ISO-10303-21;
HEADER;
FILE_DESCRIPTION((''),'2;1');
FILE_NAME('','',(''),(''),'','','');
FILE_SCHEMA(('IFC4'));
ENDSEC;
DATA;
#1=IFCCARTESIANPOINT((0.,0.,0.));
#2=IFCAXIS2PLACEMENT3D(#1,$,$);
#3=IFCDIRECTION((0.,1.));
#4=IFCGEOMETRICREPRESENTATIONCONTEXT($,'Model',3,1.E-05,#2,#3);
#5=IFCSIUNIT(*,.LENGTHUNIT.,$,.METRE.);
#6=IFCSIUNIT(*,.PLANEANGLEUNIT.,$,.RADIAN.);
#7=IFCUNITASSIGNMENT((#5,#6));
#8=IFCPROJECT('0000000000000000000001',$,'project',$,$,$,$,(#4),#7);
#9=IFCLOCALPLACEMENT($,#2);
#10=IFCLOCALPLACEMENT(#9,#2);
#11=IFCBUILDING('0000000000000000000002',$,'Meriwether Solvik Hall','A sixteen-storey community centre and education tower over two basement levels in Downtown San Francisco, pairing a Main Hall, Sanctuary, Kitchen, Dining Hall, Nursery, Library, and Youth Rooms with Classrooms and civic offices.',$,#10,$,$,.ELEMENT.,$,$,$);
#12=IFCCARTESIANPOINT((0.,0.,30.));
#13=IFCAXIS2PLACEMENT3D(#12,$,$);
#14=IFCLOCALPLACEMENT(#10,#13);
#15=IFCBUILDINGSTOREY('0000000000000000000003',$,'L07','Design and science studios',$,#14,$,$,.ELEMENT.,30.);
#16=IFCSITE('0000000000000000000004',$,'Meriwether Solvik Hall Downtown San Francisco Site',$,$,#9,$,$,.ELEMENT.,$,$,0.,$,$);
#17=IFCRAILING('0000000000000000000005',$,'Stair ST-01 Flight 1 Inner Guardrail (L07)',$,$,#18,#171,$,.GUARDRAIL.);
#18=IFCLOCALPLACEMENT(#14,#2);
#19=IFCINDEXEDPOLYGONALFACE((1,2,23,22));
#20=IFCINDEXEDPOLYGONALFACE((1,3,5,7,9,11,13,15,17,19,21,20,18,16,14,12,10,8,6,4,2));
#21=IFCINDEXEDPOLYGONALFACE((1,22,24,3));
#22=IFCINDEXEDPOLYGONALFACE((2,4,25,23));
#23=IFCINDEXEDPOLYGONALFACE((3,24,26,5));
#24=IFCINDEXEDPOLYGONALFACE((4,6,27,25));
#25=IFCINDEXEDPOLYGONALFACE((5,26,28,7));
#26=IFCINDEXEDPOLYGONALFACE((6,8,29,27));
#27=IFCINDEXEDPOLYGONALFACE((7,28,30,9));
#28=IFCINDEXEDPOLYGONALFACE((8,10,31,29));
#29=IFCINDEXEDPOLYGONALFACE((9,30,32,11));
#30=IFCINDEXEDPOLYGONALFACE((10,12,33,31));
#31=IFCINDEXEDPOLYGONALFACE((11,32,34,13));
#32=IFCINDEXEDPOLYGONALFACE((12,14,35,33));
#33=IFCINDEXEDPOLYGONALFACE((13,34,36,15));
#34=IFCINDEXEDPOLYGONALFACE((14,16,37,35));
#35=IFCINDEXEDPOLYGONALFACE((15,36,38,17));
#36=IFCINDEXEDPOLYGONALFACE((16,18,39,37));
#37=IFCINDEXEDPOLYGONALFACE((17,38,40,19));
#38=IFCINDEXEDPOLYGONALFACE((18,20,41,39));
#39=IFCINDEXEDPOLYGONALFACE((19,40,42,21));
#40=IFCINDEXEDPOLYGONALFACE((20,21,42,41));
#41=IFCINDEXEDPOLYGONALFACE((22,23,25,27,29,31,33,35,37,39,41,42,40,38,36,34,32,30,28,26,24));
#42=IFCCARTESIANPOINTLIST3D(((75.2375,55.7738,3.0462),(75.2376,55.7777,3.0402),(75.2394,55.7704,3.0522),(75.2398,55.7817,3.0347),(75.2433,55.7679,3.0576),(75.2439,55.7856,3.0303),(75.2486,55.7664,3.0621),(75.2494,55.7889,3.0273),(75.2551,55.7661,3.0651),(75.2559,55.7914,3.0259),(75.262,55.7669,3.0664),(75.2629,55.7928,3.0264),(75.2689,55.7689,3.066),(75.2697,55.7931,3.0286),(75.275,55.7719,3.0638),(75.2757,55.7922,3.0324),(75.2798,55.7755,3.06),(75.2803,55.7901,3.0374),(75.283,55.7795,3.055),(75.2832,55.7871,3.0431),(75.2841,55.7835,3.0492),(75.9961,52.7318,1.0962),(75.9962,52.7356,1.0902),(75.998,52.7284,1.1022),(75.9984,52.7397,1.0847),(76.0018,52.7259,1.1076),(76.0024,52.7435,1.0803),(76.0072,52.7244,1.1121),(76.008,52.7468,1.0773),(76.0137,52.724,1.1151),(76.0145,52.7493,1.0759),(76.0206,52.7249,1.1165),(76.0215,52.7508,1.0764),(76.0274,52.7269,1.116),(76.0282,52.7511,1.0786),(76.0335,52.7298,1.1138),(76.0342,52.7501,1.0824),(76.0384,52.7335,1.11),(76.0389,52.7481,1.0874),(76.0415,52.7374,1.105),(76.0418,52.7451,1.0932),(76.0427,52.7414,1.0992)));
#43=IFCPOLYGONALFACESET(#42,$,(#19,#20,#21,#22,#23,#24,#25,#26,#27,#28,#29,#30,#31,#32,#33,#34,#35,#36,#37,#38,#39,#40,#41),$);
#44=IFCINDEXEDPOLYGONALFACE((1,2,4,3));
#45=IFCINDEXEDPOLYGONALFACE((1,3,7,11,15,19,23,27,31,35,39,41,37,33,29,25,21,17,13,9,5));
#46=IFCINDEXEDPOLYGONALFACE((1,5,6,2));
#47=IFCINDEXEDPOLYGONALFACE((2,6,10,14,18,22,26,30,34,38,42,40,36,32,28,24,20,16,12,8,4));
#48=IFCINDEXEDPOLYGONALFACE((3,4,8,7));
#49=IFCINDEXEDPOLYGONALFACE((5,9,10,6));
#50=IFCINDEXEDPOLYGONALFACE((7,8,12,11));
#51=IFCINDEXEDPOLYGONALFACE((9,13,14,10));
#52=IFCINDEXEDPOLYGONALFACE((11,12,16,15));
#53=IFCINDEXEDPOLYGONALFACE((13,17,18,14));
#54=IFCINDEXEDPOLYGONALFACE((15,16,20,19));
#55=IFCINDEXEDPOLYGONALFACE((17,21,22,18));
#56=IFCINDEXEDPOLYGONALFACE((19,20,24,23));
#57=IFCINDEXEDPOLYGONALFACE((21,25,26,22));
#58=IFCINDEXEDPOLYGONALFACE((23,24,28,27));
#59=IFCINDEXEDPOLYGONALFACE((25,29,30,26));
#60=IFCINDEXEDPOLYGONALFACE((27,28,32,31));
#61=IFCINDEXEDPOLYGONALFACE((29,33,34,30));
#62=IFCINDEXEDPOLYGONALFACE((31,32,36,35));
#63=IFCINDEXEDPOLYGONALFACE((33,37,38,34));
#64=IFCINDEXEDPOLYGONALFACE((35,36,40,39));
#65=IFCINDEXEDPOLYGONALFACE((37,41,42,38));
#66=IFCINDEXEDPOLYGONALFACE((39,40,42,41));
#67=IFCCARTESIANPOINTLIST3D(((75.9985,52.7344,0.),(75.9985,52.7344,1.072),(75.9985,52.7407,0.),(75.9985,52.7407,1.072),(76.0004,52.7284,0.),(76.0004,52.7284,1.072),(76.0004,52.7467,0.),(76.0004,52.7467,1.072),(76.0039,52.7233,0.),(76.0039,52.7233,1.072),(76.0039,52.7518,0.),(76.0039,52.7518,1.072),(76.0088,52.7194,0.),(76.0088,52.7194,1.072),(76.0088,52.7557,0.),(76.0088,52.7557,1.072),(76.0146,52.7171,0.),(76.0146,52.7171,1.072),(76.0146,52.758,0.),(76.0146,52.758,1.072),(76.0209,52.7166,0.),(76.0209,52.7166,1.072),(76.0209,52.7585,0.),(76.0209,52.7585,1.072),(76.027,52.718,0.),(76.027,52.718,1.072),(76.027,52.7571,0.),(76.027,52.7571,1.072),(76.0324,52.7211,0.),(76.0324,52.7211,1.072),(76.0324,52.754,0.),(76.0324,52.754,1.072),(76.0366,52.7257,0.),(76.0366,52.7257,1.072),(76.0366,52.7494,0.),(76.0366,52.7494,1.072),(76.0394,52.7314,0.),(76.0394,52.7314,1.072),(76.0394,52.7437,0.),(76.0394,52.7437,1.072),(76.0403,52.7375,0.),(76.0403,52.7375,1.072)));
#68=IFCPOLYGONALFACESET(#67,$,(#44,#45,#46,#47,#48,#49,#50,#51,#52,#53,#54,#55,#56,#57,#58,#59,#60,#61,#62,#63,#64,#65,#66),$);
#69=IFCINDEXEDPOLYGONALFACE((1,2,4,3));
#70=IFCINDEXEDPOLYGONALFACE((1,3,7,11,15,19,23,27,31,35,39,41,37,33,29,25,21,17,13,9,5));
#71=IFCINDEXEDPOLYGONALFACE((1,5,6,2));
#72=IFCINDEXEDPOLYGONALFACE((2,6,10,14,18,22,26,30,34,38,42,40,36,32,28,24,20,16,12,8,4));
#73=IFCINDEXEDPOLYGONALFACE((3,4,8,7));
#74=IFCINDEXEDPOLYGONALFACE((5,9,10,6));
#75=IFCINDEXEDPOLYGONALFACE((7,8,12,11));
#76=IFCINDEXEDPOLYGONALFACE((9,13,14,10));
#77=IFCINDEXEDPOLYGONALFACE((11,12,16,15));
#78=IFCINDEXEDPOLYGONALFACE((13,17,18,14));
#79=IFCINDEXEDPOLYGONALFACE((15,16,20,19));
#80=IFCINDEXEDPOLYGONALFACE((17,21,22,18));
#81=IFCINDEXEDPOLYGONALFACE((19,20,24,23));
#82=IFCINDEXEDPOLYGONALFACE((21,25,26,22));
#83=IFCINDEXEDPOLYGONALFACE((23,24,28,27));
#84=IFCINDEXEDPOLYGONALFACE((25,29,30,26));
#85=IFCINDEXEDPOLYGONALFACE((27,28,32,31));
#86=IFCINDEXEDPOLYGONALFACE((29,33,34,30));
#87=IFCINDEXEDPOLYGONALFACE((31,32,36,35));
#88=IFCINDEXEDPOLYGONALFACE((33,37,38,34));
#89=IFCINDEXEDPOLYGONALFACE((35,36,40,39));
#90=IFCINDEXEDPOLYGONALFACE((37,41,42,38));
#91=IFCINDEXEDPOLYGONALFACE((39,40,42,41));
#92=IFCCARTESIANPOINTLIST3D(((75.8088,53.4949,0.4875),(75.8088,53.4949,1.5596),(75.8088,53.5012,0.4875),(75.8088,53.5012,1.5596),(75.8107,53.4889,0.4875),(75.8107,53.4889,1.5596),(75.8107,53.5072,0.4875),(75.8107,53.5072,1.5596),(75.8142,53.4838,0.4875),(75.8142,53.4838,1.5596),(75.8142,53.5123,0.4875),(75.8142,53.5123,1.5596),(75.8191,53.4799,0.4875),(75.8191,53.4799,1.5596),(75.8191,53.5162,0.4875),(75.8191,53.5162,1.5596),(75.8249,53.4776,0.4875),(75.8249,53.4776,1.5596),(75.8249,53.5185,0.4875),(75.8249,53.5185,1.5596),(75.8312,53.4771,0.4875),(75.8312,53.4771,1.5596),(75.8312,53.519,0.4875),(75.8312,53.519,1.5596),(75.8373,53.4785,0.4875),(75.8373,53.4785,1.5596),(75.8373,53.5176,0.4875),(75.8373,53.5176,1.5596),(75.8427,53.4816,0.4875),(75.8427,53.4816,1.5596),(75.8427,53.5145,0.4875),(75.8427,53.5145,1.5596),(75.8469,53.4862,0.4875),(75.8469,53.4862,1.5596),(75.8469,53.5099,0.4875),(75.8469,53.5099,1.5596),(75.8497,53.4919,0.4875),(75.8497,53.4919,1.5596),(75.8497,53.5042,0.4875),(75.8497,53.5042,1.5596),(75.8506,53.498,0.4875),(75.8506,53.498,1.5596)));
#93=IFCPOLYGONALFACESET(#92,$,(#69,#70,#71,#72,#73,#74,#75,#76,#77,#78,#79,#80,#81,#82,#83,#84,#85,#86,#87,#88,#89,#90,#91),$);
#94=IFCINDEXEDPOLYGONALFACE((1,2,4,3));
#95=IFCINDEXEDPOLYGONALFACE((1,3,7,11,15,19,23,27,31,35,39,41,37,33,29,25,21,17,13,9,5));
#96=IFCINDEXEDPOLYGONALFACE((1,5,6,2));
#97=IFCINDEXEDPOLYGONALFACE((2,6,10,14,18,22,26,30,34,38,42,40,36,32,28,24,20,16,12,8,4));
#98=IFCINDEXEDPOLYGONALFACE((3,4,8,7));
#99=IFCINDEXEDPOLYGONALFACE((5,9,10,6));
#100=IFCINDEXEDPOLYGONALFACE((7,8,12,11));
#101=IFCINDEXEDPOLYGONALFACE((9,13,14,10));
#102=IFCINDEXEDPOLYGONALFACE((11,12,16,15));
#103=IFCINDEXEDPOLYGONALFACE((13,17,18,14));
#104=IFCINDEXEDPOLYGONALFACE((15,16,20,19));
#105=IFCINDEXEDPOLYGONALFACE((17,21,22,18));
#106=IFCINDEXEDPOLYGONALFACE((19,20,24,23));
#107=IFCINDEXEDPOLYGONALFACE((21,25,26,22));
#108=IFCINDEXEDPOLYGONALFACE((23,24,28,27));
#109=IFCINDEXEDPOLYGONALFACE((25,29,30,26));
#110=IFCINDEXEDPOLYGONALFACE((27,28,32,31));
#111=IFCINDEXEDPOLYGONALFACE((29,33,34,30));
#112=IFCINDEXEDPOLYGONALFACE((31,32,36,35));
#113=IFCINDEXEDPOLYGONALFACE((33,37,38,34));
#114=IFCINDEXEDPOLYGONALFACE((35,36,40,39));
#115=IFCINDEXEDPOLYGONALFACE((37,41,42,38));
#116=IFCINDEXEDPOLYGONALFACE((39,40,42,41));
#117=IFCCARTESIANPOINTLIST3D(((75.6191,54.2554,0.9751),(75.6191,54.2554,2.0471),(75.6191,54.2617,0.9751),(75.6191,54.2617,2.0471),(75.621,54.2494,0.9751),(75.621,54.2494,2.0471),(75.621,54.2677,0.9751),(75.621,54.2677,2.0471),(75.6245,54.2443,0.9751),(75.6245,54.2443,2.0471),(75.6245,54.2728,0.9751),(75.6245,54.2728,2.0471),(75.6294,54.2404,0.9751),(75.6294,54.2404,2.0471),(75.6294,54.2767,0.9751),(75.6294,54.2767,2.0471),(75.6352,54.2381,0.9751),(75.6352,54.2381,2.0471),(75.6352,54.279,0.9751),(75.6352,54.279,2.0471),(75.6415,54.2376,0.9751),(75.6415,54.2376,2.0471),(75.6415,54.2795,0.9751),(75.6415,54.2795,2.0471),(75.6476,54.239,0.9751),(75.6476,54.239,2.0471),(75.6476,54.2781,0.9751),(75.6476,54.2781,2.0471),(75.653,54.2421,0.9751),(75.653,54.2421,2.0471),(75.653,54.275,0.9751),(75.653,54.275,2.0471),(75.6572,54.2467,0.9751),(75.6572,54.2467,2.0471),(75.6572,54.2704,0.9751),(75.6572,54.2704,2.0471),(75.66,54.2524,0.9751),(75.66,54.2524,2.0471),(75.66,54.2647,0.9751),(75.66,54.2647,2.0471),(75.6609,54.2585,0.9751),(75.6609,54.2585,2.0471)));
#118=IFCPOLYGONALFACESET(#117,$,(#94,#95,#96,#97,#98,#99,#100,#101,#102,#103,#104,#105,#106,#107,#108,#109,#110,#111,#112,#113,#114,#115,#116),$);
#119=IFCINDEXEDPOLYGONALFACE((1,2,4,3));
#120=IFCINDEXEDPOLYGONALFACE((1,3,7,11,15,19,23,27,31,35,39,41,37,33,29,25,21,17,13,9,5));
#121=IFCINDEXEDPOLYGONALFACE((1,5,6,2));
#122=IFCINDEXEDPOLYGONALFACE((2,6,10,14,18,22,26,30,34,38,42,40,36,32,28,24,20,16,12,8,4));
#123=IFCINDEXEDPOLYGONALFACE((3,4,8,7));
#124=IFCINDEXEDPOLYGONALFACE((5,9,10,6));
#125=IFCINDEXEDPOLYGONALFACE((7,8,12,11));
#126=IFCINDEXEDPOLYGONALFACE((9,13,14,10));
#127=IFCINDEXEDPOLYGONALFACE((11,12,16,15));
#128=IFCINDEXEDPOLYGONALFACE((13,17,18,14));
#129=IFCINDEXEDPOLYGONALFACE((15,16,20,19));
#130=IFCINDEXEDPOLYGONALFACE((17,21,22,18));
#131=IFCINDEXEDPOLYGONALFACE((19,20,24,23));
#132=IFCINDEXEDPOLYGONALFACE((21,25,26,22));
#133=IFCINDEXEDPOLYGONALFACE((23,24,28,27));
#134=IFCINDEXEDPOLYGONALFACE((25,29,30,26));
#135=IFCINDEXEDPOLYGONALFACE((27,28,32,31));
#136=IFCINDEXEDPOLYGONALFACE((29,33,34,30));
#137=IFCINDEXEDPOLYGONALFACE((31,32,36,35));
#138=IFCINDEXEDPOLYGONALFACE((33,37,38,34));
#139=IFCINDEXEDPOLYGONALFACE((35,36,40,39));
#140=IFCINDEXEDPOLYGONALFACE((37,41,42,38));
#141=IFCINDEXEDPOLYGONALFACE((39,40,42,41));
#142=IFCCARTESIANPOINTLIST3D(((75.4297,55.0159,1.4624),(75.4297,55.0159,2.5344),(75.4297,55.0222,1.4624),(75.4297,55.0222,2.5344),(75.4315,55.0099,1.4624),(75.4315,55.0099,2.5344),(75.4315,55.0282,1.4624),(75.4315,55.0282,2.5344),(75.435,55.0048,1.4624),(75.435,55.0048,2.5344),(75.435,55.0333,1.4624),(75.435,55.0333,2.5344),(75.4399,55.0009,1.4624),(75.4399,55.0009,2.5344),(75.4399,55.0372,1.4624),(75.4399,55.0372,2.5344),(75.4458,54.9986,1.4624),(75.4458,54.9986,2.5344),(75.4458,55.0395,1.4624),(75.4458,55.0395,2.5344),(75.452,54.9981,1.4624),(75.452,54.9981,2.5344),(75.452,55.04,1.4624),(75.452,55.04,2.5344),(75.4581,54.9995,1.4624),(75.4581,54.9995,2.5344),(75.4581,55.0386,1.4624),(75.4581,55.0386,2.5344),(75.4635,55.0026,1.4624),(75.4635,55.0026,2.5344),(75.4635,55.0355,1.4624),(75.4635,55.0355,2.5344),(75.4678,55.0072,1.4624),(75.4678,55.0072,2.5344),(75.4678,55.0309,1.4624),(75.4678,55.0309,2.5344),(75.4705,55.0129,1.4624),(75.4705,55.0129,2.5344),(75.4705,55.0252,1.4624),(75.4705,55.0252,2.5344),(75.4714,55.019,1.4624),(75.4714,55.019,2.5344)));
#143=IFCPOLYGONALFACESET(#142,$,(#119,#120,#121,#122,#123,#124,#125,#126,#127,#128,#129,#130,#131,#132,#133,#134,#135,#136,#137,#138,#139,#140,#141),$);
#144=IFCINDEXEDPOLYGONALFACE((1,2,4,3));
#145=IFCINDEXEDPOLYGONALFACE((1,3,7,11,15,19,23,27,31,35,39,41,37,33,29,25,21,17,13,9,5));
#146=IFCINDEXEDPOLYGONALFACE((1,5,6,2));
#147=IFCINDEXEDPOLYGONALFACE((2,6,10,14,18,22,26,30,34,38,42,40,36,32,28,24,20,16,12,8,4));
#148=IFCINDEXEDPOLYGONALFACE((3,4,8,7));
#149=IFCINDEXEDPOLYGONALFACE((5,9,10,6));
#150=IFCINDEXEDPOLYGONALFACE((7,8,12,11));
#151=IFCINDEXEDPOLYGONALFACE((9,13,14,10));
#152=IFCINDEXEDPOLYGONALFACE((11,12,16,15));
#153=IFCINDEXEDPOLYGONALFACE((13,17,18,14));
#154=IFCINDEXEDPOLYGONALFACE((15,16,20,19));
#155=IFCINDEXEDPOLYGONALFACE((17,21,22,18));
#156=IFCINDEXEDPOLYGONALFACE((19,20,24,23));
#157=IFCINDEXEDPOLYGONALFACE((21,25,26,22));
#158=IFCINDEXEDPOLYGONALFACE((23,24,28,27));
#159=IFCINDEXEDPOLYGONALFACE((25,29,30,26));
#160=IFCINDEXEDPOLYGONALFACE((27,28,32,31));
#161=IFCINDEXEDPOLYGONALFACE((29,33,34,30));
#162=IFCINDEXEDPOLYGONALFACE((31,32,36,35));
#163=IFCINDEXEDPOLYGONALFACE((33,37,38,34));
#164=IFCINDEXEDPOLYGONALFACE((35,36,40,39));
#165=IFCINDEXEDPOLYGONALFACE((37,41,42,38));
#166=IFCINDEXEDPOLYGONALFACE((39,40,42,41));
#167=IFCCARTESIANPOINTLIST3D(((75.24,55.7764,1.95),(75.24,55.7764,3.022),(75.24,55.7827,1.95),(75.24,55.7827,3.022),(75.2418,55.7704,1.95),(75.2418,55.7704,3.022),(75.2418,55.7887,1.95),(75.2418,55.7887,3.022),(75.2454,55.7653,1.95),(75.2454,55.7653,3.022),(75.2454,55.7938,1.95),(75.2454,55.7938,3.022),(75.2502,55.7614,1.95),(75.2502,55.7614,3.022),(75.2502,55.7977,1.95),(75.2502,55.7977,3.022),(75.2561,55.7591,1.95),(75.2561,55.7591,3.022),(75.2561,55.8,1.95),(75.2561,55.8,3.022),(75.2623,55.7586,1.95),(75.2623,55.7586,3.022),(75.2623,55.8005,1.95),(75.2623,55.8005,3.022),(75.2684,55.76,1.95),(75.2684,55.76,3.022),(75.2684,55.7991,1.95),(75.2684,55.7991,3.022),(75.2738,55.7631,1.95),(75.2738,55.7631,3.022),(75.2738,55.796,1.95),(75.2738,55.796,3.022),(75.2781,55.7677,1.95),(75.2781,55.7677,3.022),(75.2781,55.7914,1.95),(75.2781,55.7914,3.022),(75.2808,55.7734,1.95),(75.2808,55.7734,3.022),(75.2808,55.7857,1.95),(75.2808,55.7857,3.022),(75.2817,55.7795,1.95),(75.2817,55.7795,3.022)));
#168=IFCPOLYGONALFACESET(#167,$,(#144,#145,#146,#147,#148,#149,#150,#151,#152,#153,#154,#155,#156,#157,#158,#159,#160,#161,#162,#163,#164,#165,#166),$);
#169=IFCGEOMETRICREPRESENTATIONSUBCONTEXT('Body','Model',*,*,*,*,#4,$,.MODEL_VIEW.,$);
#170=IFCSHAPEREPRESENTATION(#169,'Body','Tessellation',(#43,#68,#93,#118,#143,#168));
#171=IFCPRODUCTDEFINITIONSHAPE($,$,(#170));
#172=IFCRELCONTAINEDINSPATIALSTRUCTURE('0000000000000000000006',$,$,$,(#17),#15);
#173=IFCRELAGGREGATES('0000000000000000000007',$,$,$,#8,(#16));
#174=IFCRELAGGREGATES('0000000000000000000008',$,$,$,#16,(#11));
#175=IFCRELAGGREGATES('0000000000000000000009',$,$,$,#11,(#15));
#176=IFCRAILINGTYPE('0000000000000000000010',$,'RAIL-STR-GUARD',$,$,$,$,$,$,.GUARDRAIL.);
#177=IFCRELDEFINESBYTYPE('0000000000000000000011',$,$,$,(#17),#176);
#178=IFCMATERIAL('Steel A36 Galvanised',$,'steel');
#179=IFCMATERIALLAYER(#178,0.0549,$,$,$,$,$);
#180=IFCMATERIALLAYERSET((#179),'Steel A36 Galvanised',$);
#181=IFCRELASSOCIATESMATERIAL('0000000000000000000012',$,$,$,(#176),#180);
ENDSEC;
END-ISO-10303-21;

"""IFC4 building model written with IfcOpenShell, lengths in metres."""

from ifc_helpers import new_model, si_unit, direction, frame, origin, origin_2d, place, context, subcontext, project, spatial, circle, extrude, material, layer, layer_set, type_object, element, save


model = new_model("IFC4")

# Units and contexts
model_context = context("Model", 3, precision=1e-05, world=origin(), true_north=direction((0.0, 1.0)))
body_context = subcontext(model_context, "Body", "Model", "MODEL_VIEW")
ifc_project = project(units=[si_unit("LENGTHUNIT", "METRE"), si_unit("PLANEANGLEUNIT", "RADIAN")], contexts=[model_context])

# Site, building, storey
site_placement = place(None, origin())
site = spatial("IfcSite", under=ifc_project, at=site_placement, Name="Meriwether Solvik Hall Downtown San Francisco Site", CompositionType="ELEMENT", RefElevation=0.0)
building_placement = place(site_placement, origin())
building = spatial("IfcBuilding", under=site, at=building_placement, Name="Meriwether Solvik Hall", Description="A sixteen-storey community centre and education tower over two basement levels in Downtown San Francisco, pairing a Main Hall, Sanctuary, Kitchen, Dining Hall, Nursery, Library, and Youth Rooms with Classrooms and civic offices.", CompositionType="ELEMENT")
storey_placement = place(building_placement, frame((0.0, 0.0, 30.0)))
storey = spatial("IfcBuildingStorey", under=building, at=storey_placement, Name="L07", Description="Design and science studios", CompositionType="ELEMENT", Elevation=30.0)

# Railing
ifc_material_1 = material(Name="Steel A36 Galvanised", Category="steel")
ifc_layer_1 = layer(ifc_material_1, 0.0549)
ifc_layer_set_1 = layer_set([ifc_layer_1], Name="Steel A36 Galvanised")
railing_type_1 = type_object("IfcRailingType", Name="RAIL-STR-GUARD", PredefinedType="GUARDRAIL", material=ifc_layer_set_1)
railing_1_placement = place(storey_placement, frame((76.0193, 52.7375, 0.0)))
element("IfcRailing", 1, at=railing_1_placement, inside=storey, type_object=railing_type_1, Name="Stair ST-01 Flight 1 Inner Guardrail (L07)", PredefinedType="GUARDRAIL", context=body_context, shape_type="SweptSolid", body=[
    extrude(circle(Radius=0.0239, at=origin_2d()), frame((0.0, 0.0, 1.0962), z_axis=(-0.205452, 0.823925, 0.528145), x_axis=(-0.970289, -0.241949, 0.0)), (0.0, 0.0, 1.0), 3.6921),
    extrude(circle(Radius=0.021, at=origin_2d()), origin(), (0.0, 0.0, 1.0), 1.072),
    extrude(circle(Radius=0.021, at=origin_2d()), frame((-0.1897, 0.7605, 0.4875)), (0.0, 0.0, 1.0), 1.072),
    extrude(circle(Radius=0.021, at=origin_2d()), frame((-0.3794, 1.521, 0.9751)), (0.0, 0.0, 1.0), 1.072),
    extrude(circle(Radius=0.021, at=origin_2d()), frame((-0.5688, 2.2815, 1.4624)), (0.0, 0.0, 1.0), 1.072),
    extrude(circle(Radius=0.021, at=origin_2d()), frame((-0.7585, 3.042, 1.95)), (0.0, 0.0, 1.0), 1.072),
])

save(model, "model.ifc")
